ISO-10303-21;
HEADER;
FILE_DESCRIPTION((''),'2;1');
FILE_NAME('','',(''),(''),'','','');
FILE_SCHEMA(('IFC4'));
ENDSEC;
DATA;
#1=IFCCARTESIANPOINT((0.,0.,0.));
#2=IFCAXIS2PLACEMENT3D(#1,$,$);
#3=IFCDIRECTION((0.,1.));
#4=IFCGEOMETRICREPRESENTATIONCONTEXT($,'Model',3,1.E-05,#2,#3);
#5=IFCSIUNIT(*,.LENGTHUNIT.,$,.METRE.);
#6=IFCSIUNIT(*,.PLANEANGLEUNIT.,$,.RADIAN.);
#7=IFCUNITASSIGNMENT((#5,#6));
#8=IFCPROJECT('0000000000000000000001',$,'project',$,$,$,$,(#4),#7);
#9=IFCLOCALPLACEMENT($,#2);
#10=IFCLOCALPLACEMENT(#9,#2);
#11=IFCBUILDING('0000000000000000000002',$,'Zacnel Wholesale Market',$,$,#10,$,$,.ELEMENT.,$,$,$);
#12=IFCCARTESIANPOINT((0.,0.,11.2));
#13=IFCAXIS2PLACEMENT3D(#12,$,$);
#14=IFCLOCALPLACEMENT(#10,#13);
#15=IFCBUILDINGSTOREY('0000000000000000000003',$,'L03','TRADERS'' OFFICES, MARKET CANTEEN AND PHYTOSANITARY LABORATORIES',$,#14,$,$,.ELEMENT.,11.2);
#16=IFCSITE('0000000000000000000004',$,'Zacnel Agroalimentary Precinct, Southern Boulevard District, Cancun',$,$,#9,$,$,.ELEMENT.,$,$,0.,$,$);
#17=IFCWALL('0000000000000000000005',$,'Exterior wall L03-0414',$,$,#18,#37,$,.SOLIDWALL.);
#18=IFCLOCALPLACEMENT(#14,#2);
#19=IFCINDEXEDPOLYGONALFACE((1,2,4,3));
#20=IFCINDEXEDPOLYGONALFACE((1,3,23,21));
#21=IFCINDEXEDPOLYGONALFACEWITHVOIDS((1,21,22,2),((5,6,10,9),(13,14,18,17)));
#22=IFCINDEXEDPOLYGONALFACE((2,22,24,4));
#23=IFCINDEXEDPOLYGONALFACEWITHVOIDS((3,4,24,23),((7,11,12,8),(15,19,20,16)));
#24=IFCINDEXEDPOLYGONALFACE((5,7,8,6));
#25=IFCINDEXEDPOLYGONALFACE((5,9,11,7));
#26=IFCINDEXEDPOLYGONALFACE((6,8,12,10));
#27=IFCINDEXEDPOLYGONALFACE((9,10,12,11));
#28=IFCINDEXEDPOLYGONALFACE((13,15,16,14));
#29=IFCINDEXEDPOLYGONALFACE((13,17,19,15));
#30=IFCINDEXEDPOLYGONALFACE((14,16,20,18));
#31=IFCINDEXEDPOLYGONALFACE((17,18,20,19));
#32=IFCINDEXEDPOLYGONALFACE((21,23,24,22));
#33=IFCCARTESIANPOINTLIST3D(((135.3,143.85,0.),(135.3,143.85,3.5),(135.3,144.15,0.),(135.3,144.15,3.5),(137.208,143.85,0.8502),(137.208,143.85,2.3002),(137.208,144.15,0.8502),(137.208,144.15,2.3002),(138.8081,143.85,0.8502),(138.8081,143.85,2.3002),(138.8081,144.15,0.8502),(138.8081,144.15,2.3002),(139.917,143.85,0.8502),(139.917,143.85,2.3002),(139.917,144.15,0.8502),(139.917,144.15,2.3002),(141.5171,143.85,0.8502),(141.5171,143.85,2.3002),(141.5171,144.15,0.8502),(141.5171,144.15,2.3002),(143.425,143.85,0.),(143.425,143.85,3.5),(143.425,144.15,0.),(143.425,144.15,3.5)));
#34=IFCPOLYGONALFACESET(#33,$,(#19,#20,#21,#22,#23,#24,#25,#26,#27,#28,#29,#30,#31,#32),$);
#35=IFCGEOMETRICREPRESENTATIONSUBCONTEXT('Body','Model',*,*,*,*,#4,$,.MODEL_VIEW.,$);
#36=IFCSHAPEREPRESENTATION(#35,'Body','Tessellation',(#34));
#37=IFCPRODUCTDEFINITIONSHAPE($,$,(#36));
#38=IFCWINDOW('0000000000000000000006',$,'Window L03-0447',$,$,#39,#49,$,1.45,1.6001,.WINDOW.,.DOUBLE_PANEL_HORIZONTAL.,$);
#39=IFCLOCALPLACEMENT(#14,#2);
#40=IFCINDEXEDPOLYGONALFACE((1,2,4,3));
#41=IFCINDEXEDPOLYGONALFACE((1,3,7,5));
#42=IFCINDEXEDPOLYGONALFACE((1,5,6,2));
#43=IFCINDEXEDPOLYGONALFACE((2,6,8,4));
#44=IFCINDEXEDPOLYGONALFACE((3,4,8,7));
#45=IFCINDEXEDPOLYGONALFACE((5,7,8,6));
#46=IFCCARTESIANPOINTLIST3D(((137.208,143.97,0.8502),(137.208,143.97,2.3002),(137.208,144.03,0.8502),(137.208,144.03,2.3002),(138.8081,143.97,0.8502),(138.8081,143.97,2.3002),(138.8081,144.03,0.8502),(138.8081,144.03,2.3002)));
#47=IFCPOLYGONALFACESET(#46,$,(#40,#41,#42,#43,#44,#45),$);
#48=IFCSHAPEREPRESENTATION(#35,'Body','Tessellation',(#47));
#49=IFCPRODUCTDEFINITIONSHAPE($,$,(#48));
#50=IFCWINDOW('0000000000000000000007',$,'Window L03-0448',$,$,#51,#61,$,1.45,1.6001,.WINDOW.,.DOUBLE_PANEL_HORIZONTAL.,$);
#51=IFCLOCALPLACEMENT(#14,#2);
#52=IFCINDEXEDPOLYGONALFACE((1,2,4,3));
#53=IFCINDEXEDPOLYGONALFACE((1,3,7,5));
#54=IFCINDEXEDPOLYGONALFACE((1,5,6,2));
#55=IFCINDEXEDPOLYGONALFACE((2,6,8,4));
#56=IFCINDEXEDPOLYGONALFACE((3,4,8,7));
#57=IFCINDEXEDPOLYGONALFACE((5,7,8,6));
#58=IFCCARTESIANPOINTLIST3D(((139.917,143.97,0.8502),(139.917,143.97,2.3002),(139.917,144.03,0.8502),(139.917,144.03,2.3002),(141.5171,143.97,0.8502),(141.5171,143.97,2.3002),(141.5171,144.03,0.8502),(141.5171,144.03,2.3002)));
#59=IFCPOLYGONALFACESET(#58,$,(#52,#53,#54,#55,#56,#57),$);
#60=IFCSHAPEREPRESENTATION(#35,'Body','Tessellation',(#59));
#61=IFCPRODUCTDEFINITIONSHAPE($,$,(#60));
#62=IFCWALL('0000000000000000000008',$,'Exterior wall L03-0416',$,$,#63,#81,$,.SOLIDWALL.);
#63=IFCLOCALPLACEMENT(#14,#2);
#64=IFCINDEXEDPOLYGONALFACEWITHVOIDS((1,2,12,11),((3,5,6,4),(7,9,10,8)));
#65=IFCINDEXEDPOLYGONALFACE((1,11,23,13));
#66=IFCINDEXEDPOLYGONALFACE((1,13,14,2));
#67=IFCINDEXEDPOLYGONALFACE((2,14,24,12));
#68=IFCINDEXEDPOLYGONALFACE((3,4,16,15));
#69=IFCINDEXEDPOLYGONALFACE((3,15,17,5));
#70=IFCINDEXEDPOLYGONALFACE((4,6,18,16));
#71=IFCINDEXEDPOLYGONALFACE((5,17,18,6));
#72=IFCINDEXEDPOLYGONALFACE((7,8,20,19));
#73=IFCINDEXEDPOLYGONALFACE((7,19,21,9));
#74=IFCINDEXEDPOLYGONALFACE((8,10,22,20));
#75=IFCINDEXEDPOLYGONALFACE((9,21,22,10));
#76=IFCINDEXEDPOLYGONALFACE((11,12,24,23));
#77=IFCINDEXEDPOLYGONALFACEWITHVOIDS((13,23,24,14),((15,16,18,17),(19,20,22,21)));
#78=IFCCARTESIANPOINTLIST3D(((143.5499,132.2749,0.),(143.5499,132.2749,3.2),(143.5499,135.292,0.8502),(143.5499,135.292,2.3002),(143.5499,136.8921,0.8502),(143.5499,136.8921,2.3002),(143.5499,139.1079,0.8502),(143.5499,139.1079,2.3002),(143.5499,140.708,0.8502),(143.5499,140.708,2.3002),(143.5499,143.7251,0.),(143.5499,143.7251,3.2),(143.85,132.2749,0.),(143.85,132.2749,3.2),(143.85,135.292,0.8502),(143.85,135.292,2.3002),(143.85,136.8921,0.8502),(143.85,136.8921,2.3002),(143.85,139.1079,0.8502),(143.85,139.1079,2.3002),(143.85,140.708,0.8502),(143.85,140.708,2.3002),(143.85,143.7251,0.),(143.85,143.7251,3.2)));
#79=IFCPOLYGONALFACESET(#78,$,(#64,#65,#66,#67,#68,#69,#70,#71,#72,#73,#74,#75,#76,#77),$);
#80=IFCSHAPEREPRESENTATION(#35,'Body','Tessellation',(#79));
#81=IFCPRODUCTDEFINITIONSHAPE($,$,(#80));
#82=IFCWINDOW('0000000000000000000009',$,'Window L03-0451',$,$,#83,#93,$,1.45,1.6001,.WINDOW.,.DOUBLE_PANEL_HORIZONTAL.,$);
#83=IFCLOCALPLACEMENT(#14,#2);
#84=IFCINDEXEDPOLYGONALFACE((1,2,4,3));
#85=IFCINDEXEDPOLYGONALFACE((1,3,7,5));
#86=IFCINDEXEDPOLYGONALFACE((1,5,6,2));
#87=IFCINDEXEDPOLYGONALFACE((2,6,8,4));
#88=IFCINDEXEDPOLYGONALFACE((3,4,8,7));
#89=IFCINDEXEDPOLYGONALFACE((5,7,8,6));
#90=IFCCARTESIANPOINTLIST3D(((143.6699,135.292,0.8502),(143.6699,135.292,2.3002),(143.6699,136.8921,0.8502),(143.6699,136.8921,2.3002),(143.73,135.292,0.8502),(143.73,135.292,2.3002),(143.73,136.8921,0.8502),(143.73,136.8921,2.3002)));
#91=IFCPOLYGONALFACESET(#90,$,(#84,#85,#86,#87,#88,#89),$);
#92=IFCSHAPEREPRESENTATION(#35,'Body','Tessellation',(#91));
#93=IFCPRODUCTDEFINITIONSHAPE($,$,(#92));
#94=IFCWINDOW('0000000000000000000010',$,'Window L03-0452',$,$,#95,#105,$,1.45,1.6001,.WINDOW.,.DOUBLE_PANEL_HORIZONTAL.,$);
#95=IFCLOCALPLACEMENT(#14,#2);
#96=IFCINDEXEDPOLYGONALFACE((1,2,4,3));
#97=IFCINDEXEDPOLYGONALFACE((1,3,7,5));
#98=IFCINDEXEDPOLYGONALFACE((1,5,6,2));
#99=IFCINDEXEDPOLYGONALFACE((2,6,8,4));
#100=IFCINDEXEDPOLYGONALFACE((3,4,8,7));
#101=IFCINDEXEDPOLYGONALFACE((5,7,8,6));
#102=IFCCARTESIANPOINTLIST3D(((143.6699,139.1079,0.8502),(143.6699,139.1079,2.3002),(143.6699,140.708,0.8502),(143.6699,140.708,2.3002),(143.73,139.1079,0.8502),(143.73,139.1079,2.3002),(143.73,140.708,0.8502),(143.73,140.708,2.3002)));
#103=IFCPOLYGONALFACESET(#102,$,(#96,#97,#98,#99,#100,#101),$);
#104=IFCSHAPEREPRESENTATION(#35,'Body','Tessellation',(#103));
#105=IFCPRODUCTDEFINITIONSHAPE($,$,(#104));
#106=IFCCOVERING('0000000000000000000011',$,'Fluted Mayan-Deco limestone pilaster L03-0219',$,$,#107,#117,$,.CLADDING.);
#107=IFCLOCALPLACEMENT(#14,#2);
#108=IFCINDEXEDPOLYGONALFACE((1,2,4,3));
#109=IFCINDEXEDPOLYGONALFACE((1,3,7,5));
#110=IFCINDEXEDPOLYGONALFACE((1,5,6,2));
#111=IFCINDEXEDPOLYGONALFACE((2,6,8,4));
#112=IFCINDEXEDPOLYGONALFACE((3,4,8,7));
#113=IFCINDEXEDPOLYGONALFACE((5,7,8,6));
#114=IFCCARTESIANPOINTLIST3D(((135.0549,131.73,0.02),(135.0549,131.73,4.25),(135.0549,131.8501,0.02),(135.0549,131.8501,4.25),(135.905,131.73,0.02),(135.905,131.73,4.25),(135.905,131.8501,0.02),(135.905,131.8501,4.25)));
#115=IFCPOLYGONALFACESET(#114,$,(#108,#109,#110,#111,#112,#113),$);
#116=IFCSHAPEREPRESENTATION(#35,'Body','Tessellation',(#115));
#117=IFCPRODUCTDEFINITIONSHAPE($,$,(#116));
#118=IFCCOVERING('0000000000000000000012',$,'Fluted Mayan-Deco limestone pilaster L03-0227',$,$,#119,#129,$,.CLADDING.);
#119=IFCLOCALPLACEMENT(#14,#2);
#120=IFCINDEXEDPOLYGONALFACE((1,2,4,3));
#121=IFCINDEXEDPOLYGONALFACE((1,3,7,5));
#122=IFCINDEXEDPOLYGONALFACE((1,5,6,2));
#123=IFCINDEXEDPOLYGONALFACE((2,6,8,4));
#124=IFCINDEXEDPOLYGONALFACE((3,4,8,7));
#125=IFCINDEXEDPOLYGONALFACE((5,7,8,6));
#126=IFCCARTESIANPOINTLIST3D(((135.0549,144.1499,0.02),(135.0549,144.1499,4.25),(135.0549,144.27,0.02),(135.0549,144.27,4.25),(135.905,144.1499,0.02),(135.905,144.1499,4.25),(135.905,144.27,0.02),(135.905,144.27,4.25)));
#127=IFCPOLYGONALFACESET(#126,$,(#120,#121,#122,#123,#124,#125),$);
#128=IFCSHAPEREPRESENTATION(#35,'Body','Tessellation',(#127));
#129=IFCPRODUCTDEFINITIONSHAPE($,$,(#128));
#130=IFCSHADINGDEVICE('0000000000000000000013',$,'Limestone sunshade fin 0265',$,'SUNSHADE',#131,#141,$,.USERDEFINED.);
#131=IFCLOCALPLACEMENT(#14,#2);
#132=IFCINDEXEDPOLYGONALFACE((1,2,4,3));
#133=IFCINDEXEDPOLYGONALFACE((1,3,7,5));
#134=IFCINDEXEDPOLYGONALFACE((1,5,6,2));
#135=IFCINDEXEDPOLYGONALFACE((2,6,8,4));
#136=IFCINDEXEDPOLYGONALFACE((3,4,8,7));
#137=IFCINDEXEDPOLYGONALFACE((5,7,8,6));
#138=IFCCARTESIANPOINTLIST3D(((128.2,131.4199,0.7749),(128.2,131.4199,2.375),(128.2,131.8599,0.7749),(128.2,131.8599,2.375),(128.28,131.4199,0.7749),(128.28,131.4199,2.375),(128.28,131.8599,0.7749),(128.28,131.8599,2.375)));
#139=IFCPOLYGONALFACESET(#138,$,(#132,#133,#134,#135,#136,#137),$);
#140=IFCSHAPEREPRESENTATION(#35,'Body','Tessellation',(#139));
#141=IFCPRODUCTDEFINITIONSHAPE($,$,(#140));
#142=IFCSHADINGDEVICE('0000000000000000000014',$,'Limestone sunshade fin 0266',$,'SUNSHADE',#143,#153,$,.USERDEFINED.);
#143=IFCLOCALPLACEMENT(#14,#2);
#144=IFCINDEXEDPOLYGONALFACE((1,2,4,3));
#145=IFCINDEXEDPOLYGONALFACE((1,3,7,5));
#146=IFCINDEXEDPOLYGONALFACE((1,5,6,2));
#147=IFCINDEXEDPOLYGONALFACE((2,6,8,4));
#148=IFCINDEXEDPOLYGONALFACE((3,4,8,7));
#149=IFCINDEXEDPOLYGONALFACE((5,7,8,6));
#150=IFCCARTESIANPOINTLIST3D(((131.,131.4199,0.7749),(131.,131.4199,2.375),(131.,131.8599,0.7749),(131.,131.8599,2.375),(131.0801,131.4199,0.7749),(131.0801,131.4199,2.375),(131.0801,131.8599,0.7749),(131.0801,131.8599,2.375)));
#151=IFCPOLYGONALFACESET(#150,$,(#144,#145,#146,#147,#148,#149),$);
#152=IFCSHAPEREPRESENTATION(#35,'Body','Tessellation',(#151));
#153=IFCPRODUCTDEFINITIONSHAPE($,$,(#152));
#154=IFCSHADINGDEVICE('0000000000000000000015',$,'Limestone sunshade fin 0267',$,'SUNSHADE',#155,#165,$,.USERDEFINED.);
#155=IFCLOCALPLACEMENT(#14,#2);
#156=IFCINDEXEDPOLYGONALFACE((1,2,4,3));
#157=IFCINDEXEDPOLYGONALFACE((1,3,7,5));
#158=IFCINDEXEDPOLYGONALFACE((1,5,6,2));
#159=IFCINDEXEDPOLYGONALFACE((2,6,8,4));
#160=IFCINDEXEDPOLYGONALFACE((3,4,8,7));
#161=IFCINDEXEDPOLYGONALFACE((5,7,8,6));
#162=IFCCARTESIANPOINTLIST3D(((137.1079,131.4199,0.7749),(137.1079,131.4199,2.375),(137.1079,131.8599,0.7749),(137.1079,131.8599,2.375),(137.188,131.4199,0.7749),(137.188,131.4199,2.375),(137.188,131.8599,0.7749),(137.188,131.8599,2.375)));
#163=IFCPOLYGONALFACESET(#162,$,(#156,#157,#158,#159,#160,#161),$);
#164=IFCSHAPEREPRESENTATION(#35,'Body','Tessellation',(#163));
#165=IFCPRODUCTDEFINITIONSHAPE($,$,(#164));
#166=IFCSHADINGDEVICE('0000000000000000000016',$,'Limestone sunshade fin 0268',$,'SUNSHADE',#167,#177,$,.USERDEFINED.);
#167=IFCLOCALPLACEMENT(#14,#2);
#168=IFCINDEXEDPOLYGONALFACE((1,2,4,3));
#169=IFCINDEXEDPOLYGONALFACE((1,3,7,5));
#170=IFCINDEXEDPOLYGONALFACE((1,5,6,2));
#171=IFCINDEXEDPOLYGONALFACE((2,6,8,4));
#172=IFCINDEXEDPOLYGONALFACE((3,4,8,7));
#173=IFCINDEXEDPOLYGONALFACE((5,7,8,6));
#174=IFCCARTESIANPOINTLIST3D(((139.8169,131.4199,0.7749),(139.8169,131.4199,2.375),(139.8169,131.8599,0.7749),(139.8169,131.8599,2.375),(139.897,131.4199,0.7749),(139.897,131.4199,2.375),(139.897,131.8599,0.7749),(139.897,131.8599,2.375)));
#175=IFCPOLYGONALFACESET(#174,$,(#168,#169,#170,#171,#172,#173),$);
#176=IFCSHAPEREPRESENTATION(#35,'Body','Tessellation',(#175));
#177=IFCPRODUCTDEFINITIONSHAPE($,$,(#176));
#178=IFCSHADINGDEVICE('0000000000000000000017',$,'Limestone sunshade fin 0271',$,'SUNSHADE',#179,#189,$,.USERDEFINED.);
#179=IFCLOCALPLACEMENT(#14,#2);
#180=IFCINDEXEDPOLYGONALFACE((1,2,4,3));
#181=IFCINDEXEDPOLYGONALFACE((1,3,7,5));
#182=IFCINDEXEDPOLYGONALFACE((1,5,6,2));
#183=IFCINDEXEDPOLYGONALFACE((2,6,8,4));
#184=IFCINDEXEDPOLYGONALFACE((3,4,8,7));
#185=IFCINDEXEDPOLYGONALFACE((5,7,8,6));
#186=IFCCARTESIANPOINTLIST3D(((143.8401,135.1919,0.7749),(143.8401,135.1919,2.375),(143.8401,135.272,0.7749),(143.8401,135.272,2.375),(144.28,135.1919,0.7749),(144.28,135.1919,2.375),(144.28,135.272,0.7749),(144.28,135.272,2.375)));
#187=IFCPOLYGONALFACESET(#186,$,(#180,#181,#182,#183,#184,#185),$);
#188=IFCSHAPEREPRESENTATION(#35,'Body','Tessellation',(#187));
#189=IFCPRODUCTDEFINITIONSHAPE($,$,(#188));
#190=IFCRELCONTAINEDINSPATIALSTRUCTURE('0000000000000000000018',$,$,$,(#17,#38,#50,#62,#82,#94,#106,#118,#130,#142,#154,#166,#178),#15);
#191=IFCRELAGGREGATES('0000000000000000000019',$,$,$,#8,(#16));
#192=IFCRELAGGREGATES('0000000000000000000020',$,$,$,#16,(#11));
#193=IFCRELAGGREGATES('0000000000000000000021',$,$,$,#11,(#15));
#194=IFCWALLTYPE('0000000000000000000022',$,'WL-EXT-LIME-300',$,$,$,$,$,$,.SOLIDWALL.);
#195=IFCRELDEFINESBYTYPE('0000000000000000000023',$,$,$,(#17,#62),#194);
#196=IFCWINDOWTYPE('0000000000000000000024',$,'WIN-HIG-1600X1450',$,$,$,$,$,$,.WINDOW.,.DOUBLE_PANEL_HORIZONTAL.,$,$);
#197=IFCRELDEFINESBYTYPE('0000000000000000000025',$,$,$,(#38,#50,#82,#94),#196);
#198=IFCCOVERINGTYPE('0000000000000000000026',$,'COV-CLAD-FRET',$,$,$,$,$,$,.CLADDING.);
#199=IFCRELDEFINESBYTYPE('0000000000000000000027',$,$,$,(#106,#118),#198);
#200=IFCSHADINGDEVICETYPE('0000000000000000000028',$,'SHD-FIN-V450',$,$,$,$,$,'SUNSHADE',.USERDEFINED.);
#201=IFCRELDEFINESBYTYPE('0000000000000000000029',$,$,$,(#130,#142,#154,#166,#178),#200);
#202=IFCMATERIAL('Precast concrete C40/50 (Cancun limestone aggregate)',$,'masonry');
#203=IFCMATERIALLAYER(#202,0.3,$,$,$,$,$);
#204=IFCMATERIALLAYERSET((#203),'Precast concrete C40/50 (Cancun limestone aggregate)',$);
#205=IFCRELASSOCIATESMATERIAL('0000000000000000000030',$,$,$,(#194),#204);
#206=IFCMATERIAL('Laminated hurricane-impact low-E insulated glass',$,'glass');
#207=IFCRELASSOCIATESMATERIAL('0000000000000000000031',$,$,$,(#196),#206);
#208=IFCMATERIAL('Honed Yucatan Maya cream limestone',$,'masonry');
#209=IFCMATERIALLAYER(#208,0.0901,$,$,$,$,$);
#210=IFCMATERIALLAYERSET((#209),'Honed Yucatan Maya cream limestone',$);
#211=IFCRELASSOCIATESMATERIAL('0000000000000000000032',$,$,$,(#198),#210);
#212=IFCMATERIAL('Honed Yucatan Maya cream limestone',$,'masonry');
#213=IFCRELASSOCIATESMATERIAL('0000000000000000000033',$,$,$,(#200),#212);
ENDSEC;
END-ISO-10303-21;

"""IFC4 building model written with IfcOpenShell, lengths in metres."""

from ifc_helpers import new_model, si_unit, direction, frame, frame_2d, origin, origin_2d, place, context, subcontext, project, spatial, rectangle, extrude, material, layer, layer_set, type_object, element, fill, save


model = new_model("IFC4")

# Units and contexts
model_context = context("Model", 3, precision=1e-05, world=origin(), true_north=direction((0.0, 1.0)))
body_context = subcontext(model_context, "Body", "Model", "MODEL_VIEW")
ifc_project = project(units=[si_unit("LENGTHUNIT", "METRE"), si_unit("PLANEANGLEUNIT", "RADIAN")], contexts=[model_context])

# Site, building, storey
site_placement = place(None, origin())
site = spatial("IfcSite", under=ifc_project, at=site_placement, Name="Zacnel Agroalimentary Precinct, Southern Boulevard District, Cancun", CompositionType="ELEMENT", RefElevation=0.0)
building_placement = place(site_placement, origin())
building = spatial("IfcBuilding", under=site, at=building_placement, Name="Zacnel Wholesale Market", CompositionType="ELEMENT")
storey_placement = place(building_placement, frame((0.0, 0.0, 11.2)))
storey = spatial("IfcBuildingStorey", under=building, at=storey_placement, Name="L03", Description="TRADERS' OFFICES, MARKET CANTEEN AND PHYTOSANITARY LABORATORIES", CompositionType="ELEMENT", Elevation=11.2)

# Walls, openings, windows
ifc_material_1 = material(Name="Precast concrete C40/50 (Cancun limestone aggregate)", Category="masonry")
ifc_layer_1 = layer(ifc_material_1, 0.3)
ifc_layer_set_1 = layer_set([ifc_layer_1], Name="Precast concrete C40/50 (Cancun limestone aggregate)")
wall_type = type_object("IfcWallType", Name="WL-EXT-LIME-300", PredefinedType="SOLIDWALL", material=ifc_layer_set_1)
ifc_material_2 = material(Name="Laminated hurricane-impact low-E insulated glass", Category="glass")
window_type = type_object("IfcWindowType", Name="WIN-HIG-1600X1450", PartitioningType="DOUBLE_PANEL_HORIZONTAL", PredefinedType="WINDOW", material=ifc_material_2)
wall_1_placement = place(storey_placement, frame((135.3, 144.0, 0.0), z_axis=(0.0, 0.0, 1.0), x_axis=(1.0, 0.0, 0.0)))
wall_1 = element("IfcWall", 1, at=wall_1_placement, inside=storey, type_object=wall_type, Name="Exterior wall L03-0414", PredefinedType="SOLIDWALL", context=body_context, shape_type="SweptSolid", body=[
    extrude(rectangle(XDim=8.125, YDim=0.3, at=frame_2d((4.0625, 0.0))), origin(), (0.0, 0.0, 1.0), 3.5),
])
opening_1_placement = place(wall_1_placement, frame((1.908, 0.0, 0.8501)))
opening_1 = element("IfcOpeningElement", 2, at=opening_1_placement, cuts=wall_1, PredefinedType="OPENING", context=body_context, shape_type="SweptSolid", body=[
    extrude(rectangle(XDim=1.6001, YDim=1.45, at=frame_2d((0.8, 0.7251))), frame((0.0, 0.1599, 0.0), z_axis=(0.0, -1.0, 0.0), x_axis=(1.0, 0.0, 0.0)), (0.0, 0.0, 1.0), 0.3201),
])
opening_2_placement = place(wall_1_placement, frame((4.6169, 0.0, 0.8501)))
opening_2 = element("IfcOpeningElement", 3, at=opening_2_placement, cuts=wall_1, PredefinedType="OPENING", context=body_context, shape_type="SweptSolid", body=[
    extrude(rectangle(XDim=1.6001, YDim=1.45, at=frame_2d((0.8, 0.7251))), frame((0.0, 0.1599, 0.0), z_axis=(0.0, -1.0, 0.0), x_axis=(1.0, 0.0, 0.0)), (0.0, 0.0, 1.0), 0.3201),
])
window_1_placement = place(opening_1_placement, origin())
window_1 = element("IfcWindow", 4, at=window_1_placement, inside=storey, type_object=window_type, Name="Window L03-0447", OverallHeight=1.45, OverallWidth=1.6001, PartitioningType="DOUBLE_PANEL_HORIZONTAL", PredefinedType="WINDOW", context=body_context, shape_type="SweptSolid", body=[
    extrude(rectangle(XDim=1.6001, YDim=1.45, at=frame_2d((0.8, 0.7251))), frame((0.0, 0.03, 0.0), z_axis=(0.0, -1.0, 0.0), x_axis=(1.0, 0.0, 0.0)), (0.0, 0.0, 1.0), 0.0601),
])
fill(opening_1, window_1)
window_2_placement = place(opening_2_placement, origin())
window_2 = element("IfcWindow", 5, at=window_2_placement, inside=storey, type_object=window_type, Name="Window L03-0448", OverallHeight=1.45, OverallWidth=1.6001, PartitioningType="DOUBLE_PANEL_HORIZONTAL", PredefinedType="WINDOW", context=body_context, shape_type="SweptSolid", body=[
    extrude(rectangle(XDim=1.6001, YDim=1.45, at=frame_2d((0.8, 0.7251))), frame((0.0, 0.03, 0.0), z_axis=(0.0, -1.0, 0.0), x_axis=(1.0, 0.0, 0.0)), (0.0, 0.0, 1.0), 0.0601),
])
fill(opening_2, window_2)
wall_2_placement = place(storey_placement, frame((143.7, 132.2749, 0.0), z_axis=(0.0, 0.0, 1.0), x_axis=(0.0, 1.0, 0.0)))
wall_2 = element("IfcWall", 6, at=wall_2_placement, inside=storey, type_object=wall_type, Name="Exterior wall L03-0416", PredefinedType="SOLIDWALL", context=body_context, shape_type="SweptSolid", body=[
    extrude(rectangle(XDim=11.4502, YDim=0.3, at=frame_2d((5.7251, 0.0))), origin(), (0.0, 0.0, 1.0), 3.2),
])
opening_3_placement = place(wall_2_placement, frame((3.0171, 0.0, 0.8501)))
opening_3 = element("IfcOpeningElement", 7, at=opening_3_placement, cuts=wall_2, PredefinedType="OPENING", context=body_context, shape_type="SweptSolid", body=[
    extrude(rectangle(XDim=1.6001, YDim=1.45, at=frame_2d((0.8, 0.7251))), frame((0.0, 0.1599, 0.0), z_axis=(0.0, -1.0, 0.0), x_axis=(1.0, 0.0, 0.0)), (0.0, 0.0, 1.0), 0.3201),
])
opening_4_placement = place(wall_2_placement, frame((6.833, 0.0, 0.8501)))
opening_4 = element("IfcOpeningElement", 8, at=opening_4_placement, cuts=wall_2, PredefinedType="OPENING", context=body_context, shape_type="SweptSolid", body=[
    extrude(rectangle(XDim=1.6001, YDim=1.45, at=frame_2d((0.8, 0.7251))), frame((0.0, 0.1599, 0.0), z_axis=(0.0, -1.0, 0.0), x_axis=(1.0, 0.0, 0.0)), (0.0, 0.0, 1.0), 0.3201),
])
window_3_placement = place(opening_3_placement, origin())
window_3 = element("IfcWindow", 9, at=window_3_placement, inside=storey, type_object=window_type, Name="Window L03-0451", OverallHeight=1.45, OverallWidth=1.6001, PartitioningType="DOUBLE_PANEL_HORIZONTAL", PredefinedType="WINDOW", context=body_context, shape_type="SweptSolid", body=[
    extrude(rectangle(XDim=1.6001, YDim=1.45, at=frame_2d((0.8, 0.7251))), frame((0.0, 0.03, 0.0), z_axis=(0.0, -1.0, 0.0), x_axis=(1.0, 0.0, 0.0)), (0.0, 0.0, 1.0), 0.0601),
])
fill(opening_3, window_3)
window_4_placement = place(opening_4_placement, origin())
window_4 = element("IfcWindow", 10, at=window_4_placement, inside=storey, type_object=window_type, Name="Window L03-0452", OverallHeight=1.45, OverallWidth=1.6001, PartitioningType="DOUBLE_PANEL_HORIZONTAL", PredefinedType="WINDOW", context=body_context, shape_type="SweptSolid", body=[
    extrude(rectangle(XDim=1.6001, YDim=1.45, at=frame_2d((0.8, 0.7251))), frame((0.0, 0.03, 0.0), z_axis=(0.0, -1.0, 0.0), x_axis=(1.0, 0.0, 0.0)), (0.0, 0.0, 1.0), 0.0601),
])
fill(opening_4, window_4)

# Coverings
ifc_material_3 = material(Name="Honed Yucatan Maya cream limestone", Category="masonry")
ifc_layer_2 = layer(ifc_material_3, 0.0901)
ifc_layer_set_2 = layer_set([ifc_layer_2], Name="Honed Yucatan Maya cream limestone")
covering_type = type_object("IfcCoveringType", Name="COV-CLAD-FRET", PredefinedType="CLADDING", material=ifc_layer_set_2)
for number, where, z_axis, x_axis, name in (
    (11, (135.48, 131.79, 0.02), (0.0, 0.0, 1.0), (1.0, 0.0, 0.0), "Fluted Mayan-Deco limestone pilaster L03-0219"),
    (12, (135.48, 144.21, 0.02), (0.0, 0.0, 1.0), (1.0, 0.0, 0.0), "Fluted Mayan-Deco limestone pilaster L03-0227"),
):
    element("IfcCovering", number, at=place(storey_placement, frame(where, z_axis=z_axis, x_axis=x_axis)), inside=storey, type_object=covering_type, Name=name, PredefinedType="CLADDING", context=body_context, shape_type="SweptSolid", body=[
        extrude(rectangle(XDim=0.8501, YDim=0.1201, at=origin_2d()), origin(), (0.0, 0.0, 1.0), 4.23),
    ])

# Shading devices
ifc_material_4 = material(Name="Honed Yucatan Maya cream limestone", Category="masonry")
shading_device_type = type_object("IfcShadingDeviceType", Name="SHD-FIN-V450", ElementType="SUNSHADE", PredefinedType="USERDEFINED", material=ifc_material_4)
for number, where, z_axis, x_axis, name in (
    (13, (128.24, 131.6399, 0.7749), (0.0, 0.0, 1.0), (1.0, 0.0, 0.0), "Limestone sunshade fin 0265"),
    (14, (131.04, 131.6399, 0.7749), (0.0, 0.0, 1.0), (1.0, 0.0, 0.0), "Limestone sunshade fin 0266"),
    (15, (137.1479, 131.6399, 0.7749), (0.0, 0.0, 1.0), (1.0, 0.0, 0.0), "Limestone sunshade fin 0267"),
    (16, (139.8569, 131.6399, 0.7749), (0.0, 0.0, 1.0), (1.0, 0.0, 0.0), "Limestone sunshade fin 0268"),
    (17, (144.0601, 135.2319, 0.7749), (0.0, 0.0, 1.0), (0.0, 1.0, 0.0), "Limestone sunshade fin 0271"),
):
    element("IfcShadingDevice", number, at=place(storey_placement, frame(where, z_axis=z_axis, x_axis=x_axis)), inside=storey, type_object=shading_device_type, Name=name, ObjectType="SUNSHADE", PredefinedType="USERDEFINED", context=body_context, shape_type="SweptSolid", body=[
        extrude(rectangle(XDim=0.0801, YDim=0.4399, at=origin_2d()), origin(), (0.0, 0.0, 1.0), 1.6001),
    ])

save(model, "model.ifc")
